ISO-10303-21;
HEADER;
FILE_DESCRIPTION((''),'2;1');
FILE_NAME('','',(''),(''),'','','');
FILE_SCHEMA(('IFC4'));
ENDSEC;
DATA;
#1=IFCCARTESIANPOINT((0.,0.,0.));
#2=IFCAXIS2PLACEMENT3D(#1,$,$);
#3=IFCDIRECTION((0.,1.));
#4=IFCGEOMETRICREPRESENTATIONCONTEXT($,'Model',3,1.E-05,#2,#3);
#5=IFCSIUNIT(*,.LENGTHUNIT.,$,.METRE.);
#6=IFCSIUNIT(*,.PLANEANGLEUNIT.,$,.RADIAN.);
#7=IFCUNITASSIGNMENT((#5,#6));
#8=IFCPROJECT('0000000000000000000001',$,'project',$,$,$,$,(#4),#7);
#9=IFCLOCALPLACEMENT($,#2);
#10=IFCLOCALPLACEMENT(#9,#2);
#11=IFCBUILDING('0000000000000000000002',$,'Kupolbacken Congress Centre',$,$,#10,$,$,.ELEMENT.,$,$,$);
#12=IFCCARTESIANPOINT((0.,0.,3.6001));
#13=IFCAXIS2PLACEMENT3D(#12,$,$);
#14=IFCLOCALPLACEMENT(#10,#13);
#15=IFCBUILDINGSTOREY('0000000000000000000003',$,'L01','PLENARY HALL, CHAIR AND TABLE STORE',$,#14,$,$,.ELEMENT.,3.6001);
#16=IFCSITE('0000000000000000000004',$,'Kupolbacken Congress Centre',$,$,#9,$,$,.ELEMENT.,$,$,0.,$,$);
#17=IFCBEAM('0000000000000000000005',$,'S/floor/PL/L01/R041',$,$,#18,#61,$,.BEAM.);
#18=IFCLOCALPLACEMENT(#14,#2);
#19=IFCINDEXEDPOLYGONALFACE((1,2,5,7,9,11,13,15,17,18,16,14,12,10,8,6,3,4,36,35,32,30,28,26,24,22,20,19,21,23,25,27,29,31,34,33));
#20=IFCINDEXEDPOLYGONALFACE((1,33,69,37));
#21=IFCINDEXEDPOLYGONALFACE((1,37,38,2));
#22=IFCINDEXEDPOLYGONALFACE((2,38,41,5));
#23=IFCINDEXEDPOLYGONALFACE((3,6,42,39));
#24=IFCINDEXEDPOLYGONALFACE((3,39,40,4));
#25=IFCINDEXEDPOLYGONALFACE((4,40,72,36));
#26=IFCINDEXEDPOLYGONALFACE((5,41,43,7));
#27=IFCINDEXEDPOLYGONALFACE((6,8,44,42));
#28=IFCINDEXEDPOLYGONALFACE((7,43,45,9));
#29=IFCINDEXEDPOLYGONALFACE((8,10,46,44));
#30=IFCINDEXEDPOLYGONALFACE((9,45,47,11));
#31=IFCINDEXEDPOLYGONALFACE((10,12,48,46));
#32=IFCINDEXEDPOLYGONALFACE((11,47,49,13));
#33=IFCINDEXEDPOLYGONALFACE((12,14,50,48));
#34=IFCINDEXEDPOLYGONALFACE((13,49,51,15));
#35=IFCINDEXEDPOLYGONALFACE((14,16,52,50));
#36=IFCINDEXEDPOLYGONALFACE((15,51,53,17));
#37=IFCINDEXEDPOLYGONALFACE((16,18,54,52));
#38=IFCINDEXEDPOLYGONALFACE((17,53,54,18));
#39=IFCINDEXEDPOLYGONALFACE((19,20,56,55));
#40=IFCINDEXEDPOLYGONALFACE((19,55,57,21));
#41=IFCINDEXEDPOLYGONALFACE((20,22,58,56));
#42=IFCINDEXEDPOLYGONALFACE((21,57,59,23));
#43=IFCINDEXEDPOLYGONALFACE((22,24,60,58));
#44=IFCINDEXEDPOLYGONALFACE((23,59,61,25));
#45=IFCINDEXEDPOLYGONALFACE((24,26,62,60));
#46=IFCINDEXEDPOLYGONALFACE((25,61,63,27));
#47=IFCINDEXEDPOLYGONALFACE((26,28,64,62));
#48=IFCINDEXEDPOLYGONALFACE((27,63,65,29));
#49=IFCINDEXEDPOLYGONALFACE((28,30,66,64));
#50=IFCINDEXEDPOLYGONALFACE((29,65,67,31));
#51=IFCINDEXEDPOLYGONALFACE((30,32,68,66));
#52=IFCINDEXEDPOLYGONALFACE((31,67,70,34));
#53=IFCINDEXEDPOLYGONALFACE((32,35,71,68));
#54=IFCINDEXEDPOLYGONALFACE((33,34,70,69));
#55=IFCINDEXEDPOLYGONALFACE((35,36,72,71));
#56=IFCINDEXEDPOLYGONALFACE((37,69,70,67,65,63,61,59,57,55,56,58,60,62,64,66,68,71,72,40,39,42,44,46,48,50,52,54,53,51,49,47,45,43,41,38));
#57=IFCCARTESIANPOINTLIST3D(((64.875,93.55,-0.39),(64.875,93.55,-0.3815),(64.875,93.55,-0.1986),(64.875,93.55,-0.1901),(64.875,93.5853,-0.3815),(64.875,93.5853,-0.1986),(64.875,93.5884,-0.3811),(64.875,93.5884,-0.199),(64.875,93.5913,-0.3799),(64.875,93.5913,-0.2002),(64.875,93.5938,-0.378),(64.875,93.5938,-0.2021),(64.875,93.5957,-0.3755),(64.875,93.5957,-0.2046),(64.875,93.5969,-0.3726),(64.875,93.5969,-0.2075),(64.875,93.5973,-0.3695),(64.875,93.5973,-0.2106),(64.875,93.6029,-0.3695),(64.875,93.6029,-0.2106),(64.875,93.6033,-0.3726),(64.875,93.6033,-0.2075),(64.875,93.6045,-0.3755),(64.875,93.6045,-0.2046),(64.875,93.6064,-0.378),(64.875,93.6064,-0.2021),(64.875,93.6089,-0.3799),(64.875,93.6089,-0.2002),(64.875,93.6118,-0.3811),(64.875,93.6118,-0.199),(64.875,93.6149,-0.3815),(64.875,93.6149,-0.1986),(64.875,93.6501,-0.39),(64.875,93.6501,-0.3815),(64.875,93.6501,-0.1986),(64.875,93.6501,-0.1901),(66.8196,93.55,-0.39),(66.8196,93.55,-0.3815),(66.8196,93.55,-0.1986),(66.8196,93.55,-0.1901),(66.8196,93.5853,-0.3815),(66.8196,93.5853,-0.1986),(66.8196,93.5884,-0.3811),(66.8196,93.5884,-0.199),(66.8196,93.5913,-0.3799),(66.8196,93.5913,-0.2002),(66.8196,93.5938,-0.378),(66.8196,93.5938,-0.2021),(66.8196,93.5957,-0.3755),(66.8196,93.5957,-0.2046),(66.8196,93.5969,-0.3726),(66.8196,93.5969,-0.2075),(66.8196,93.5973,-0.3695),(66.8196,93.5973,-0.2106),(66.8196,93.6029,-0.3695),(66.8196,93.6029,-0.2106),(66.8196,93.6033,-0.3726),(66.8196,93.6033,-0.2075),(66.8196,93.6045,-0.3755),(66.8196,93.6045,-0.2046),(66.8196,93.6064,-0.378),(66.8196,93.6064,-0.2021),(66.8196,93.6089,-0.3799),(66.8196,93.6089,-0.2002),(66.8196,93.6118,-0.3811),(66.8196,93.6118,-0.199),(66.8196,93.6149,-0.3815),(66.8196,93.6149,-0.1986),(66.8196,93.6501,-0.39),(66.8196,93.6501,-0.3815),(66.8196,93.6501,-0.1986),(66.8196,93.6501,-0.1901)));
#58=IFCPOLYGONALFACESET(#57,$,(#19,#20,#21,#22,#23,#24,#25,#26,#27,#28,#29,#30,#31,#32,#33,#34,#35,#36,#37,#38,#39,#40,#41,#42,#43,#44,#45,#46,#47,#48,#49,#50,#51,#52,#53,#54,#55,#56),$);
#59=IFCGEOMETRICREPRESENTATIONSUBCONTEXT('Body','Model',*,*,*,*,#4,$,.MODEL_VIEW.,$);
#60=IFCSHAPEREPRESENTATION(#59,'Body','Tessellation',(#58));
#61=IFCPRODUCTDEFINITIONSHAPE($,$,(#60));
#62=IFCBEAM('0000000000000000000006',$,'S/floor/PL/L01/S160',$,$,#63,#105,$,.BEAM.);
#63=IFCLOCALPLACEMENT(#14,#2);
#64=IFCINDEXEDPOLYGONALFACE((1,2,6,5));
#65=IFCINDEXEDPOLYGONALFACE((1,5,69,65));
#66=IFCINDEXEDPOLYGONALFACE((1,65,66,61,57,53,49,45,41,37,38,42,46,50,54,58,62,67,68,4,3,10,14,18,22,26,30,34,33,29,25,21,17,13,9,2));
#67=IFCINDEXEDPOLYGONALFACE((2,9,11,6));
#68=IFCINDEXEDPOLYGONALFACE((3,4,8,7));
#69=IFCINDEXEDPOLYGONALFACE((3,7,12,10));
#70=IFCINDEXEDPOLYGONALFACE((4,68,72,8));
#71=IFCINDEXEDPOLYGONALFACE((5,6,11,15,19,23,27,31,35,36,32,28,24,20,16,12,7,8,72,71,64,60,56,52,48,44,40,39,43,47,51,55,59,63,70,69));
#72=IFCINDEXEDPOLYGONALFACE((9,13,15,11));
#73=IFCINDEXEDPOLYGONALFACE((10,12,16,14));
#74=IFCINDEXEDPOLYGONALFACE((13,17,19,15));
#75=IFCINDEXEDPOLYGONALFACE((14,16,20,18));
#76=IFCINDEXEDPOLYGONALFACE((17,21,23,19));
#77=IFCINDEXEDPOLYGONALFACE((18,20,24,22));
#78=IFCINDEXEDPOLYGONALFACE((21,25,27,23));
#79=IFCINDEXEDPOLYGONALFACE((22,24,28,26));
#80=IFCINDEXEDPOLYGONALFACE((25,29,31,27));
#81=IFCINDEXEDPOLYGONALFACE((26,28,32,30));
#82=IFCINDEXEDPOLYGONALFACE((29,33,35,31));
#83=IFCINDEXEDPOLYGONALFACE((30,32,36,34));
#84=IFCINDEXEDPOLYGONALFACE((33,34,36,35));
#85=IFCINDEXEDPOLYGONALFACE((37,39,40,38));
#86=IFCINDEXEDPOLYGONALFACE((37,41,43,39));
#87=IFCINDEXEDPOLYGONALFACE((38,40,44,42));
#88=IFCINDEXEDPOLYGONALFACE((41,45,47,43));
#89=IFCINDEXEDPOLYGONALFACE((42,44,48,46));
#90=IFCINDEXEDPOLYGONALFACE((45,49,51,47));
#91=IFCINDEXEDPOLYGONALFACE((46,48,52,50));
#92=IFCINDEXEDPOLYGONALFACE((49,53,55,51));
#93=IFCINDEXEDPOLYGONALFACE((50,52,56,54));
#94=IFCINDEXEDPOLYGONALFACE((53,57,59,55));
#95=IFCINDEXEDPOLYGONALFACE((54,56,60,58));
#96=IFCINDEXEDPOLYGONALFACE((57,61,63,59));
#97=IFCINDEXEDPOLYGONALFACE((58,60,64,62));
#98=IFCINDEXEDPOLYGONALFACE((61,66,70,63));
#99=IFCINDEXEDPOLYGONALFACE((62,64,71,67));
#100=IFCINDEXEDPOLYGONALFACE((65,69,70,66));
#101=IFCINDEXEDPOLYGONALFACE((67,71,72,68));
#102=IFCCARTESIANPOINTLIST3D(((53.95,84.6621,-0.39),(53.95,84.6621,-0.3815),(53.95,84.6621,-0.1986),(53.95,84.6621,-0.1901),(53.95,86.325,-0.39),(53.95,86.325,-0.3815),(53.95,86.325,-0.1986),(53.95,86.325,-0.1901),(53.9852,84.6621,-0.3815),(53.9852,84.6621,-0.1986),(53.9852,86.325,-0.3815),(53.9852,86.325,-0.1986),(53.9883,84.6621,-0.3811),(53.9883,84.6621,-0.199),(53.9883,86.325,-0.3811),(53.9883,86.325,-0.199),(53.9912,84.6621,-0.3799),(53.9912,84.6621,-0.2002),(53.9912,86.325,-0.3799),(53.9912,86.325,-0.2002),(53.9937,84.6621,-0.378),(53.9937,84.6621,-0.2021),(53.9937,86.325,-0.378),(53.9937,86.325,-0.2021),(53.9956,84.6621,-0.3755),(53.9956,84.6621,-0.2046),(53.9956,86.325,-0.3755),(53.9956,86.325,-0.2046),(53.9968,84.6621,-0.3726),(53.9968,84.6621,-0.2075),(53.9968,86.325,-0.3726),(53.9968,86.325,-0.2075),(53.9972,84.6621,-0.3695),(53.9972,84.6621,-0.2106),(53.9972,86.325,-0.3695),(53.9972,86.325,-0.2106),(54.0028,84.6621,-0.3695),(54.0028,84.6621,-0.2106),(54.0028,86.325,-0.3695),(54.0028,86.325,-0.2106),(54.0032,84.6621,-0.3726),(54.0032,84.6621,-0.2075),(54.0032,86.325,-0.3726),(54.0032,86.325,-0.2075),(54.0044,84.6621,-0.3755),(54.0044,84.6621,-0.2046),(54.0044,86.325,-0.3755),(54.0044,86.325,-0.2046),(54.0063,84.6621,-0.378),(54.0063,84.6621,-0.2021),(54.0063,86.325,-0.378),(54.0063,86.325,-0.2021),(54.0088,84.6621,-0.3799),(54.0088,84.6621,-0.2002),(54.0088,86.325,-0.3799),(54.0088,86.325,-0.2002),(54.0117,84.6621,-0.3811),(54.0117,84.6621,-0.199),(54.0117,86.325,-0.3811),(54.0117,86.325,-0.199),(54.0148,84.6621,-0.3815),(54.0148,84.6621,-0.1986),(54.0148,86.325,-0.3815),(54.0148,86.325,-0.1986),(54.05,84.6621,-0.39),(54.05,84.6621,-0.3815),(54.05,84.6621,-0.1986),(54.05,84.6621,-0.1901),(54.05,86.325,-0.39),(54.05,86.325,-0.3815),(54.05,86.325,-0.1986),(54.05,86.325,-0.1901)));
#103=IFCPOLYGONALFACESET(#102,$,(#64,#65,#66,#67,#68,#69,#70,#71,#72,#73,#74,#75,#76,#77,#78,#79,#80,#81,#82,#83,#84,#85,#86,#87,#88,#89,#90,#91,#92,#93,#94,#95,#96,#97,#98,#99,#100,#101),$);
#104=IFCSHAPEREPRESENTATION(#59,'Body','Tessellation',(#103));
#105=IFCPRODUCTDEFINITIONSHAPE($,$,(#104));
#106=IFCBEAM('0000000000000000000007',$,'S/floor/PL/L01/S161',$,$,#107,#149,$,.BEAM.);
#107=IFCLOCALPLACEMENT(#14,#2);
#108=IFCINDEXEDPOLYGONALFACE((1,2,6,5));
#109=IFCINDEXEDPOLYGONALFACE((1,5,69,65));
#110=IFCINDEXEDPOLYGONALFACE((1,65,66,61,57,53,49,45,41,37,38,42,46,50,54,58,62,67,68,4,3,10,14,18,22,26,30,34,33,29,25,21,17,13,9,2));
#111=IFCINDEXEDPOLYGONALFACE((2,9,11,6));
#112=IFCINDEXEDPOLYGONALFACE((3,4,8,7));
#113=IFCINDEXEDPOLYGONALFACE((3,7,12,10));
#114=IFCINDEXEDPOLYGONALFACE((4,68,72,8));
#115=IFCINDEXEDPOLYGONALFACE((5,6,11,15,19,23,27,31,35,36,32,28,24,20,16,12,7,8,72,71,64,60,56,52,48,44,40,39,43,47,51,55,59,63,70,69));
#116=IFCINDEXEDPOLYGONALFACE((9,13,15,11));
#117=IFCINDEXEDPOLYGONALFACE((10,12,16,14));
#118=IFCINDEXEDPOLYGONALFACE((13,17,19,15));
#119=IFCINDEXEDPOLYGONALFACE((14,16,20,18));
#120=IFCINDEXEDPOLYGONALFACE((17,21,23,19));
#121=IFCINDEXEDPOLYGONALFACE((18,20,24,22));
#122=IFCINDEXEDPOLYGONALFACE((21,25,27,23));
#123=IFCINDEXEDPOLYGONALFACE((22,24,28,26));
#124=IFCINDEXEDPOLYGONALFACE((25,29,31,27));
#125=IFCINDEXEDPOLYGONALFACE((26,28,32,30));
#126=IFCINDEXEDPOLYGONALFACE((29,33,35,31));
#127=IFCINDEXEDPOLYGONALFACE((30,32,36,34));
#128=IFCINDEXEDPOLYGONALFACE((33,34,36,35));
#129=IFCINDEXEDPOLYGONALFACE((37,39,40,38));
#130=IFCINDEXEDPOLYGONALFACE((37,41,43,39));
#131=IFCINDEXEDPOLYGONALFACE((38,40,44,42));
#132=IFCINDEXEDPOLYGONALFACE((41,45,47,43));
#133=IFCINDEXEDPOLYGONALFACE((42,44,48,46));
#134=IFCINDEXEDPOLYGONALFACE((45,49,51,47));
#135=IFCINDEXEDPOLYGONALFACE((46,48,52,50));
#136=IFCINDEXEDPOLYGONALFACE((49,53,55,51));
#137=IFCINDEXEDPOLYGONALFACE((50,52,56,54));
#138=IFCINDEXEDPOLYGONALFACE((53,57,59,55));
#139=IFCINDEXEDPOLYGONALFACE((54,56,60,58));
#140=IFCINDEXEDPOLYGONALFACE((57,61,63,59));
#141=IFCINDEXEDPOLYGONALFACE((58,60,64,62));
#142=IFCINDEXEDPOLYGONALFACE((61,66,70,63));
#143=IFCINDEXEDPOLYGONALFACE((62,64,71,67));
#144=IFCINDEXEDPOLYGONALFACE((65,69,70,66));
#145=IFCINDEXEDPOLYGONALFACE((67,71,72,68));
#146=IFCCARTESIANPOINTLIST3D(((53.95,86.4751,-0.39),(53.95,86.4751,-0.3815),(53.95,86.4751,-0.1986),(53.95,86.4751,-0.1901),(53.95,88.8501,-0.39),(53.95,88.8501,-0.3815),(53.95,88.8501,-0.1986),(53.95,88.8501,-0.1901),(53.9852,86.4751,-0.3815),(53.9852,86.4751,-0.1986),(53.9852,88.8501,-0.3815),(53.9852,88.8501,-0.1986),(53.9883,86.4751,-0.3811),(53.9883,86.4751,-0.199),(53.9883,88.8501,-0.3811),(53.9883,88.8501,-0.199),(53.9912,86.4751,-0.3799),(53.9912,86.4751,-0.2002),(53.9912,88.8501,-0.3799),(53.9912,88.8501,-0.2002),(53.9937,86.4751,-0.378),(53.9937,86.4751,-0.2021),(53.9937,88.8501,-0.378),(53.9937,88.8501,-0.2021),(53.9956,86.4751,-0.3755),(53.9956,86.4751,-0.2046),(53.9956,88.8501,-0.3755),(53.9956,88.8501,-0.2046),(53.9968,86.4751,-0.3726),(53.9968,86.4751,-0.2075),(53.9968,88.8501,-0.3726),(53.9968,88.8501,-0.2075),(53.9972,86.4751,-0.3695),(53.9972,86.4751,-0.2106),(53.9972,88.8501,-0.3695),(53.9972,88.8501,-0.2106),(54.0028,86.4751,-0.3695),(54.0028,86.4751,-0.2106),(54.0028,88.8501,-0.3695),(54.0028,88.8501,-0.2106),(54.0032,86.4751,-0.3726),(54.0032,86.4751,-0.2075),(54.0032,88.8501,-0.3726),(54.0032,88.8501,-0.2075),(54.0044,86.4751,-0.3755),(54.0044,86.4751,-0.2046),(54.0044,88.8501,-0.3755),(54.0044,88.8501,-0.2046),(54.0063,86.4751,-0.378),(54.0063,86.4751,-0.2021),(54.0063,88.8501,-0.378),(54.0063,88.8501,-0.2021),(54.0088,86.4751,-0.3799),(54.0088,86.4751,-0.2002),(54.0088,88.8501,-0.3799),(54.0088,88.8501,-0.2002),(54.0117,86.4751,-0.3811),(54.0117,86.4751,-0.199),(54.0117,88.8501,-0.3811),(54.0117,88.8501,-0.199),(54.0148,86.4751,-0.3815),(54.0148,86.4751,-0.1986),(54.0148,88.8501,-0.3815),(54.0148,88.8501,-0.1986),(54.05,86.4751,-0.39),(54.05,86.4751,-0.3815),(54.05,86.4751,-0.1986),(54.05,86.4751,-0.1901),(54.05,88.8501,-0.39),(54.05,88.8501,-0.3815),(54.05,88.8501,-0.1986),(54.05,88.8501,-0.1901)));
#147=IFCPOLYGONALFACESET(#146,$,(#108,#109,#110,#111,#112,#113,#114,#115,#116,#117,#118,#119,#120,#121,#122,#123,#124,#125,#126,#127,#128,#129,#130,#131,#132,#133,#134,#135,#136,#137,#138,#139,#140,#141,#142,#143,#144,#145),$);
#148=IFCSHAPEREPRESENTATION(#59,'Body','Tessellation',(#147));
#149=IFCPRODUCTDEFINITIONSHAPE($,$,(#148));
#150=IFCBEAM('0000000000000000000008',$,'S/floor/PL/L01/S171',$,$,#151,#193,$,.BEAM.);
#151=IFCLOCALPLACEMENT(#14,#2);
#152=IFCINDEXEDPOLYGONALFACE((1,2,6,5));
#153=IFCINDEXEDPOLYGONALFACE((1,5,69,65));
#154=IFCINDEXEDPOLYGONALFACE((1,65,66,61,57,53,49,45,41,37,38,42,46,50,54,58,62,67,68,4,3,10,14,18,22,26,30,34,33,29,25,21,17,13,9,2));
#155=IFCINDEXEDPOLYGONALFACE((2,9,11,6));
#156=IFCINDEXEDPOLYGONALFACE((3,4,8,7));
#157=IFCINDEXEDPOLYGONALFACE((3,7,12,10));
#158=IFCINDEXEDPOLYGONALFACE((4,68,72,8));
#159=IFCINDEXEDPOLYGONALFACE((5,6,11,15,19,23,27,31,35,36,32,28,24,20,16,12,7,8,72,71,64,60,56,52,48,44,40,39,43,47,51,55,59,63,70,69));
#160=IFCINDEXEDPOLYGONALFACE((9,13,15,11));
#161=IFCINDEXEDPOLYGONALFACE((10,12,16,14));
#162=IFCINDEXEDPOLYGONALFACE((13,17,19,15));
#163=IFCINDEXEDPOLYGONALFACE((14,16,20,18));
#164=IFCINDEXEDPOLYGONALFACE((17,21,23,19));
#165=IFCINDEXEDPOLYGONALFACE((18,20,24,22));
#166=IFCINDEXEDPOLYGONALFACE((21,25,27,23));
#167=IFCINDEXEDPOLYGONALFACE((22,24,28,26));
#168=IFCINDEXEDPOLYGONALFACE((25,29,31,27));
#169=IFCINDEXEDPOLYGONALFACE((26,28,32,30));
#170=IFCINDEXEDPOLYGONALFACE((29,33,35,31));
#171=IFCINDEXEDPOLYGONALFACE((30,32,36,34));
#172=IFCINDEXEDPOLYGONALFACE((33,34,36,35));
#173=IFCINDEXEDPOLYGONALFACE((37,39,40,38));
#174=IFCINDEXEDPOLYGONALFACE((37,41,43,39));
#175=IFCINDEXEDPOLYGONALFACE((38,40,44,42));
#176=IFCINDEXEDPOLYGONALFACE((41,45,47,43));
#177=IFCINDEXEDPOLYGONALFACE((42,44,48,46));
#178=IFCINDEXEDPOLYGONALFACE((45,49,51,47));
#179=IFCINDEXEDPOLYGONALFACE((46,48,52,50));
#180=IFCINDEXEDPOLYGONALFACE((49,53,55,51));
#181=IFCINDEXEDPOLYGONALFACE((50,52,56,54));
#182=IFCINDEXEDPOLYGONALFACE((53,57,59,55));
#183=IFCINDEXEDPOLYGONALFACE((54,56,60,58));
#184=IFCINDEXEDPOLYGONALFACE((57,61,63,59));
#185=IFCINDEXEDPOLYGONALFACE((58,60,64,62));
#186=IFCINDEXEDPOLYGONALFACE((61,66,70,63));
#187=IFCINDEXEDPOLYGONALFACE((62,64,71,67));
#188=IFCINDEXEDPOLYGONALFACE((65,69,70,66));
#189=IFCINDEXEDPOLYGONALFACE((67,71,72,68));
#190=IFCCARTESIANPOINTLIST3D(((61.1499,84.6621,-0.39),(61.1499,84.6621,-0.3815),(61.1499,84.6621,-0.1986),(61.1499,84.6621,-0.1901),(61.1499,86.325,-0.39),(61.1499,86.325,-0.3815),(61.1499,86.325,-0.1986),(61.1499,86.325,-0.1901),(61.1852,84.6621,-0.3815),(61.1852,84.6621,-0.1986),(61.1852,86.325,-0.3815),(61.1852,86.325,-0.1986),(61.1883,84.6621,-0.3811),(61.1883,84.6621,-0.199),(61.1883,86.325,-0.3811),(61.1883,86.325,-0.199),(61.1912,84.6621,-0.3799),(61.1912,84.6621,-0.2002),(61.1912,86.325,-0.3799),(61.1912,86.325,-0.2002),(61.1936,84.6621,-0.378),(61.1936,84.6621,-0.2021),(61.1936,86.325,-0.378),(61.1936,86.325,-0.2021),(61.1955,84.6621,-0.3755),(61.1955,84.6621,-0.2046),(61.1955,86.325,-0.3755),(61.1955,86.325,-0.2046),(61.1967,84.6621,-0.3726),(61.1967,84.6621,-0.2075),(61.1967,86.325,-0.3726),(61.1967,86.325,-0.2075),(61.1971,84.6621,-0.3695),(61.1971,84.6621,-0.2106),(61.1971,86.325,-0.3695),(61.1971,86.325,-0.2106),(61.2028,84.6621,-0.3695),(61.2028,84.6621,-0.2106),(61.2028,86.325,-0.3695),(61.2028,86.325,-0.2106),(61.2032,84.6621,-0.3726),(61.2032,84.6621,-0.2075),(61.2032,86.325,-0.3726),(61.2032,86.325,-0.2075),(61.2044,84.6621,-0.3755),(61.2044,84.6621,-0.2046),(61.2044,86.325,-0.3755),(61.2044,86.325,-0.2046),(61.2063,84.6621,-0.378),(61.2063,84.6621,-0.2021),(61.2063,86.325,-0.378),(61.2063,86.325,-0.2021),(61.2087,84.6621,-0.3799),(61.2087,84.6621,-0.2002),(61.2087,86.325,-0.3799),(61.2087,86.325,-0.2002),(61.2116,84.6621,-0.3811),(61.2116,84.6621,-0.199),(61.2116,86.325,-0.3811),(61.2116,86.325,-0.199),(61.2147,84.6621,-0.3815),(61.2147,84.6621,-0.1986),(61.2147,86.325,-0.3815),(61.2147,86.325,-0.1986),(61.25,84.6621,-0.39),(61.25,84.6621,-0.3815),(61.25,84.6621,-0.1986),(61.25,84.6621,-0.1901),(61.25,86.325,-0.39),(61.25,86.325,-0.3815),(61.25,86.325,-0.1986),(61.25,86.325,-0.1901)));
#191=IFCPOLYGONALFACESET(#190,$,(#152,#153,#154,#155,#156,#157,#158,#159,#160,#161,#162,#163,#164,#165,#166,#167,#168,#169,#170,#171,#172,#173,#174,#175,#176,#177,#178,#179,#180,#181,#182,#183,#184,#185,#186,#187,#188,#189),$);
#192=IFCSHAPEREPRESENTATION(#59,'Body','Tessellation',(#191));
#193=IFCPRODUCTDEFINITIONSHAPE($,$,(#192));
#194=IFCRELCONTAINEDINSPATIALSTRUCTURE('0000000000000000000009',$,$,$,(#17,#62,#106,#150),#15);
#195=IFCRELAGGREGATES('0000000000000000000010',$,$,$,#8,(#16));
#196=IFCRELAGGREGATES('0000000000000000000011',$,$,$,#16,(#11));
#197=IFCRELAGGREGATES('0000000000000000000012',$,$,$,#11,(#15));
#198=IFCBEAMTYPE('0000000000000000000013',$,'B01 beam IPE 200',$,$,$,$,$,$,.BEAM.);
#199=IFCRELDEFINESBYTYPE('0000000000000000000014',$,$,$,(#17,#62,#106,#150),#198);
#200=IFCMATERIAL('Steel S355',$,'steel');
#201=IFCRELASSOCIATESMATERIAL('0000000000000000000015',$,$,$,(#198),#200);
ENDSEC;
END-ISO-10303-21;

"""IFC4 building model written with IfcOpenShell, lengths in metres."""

from ifc_helpers import new_model, si_unit, direction, frame, origin, origin_2d, place, context, subcontext, project, spatial, i_section, extrude, material, material_profile, profile_set, type_object, element, save


model = new_model("IFC4")

# Units and contexts
model_context = context("Model", 3, precision=1e-05, world=origin(), true_north=direction((0.0, 1.0)))
body_context = subcontext(model_context, "Body", "Model", "MODEL_VIEW")
ifc_project = project(units=[si_unit("LENGTHUNIT", "METRE"), si_unit("PLANEANGLEUNIT", "RADIAN")], contexts=[model_context])

# Site, building, storey
site_placement = place(None, origin())
site = spatial("IfcSite", under=ifc_project, at=site_placement, Name="Kupolbacken Congress Centre", CompositionType="ELEMENT", RefElevation=0.0)
building_placement = place(site_placement, origin())
building = spatial("IfcBuilding", under=site, at=building_placement, Name="Kupolbacken Congress Centre", CompositionType="ELEMENT")
storey_placement = place(building_placement, frame((0.0, 0.0, 3.6001)))
storey = spatial("IfcBuildingStorey", under=building, at=storey_placement, Name="L01", Description="PLENARY HALL, CHAIR AND TABLE STORE", CompositionType="ELEMENT", Elevation=3.6001)

# Beams
ifc_material_1 = material(Name="Steel S355", Category="steel")
ifc_material_profile_1 = material_profile(ifc_material_1, i_section(OverallWidth=0.1001, OverallDepth=0.2, WebThickness=0.0056, FlangeThickness=0.0085, FilletRadius=0.012, at=origin_2d()), Name="IPE 200")
ifc_profile_set_1 = profile_set([ifc_material_profile_1], Name="Steel S355")
beam_type_1 = type_object("IfcBeamType", Name="B01 beam IPE 200", PredefinedType="BEAM", material=ifc_profile_set_1)
beam_1_placement = place(storey_placement, frame((64.875, 93.6001, -0.29), z_axis=(1.0, 0.0, 0.0), x_axis=(0.0, 1.0, 0.0)))
element("IfcBeam", 1, at=beam_1_placement, inside=storey, type_object=beam_type_1, Name="S/floor/PL/L01/R041", PredefinedType="BEAM", context=body_context, shape_type="SweptSolid", body=[
    extrude(i_section(OverallWidth=0.1001, OverallDepth=0.2, WebThickness=0.0056, FlangeThickness=0.0085, FilletRadius=0.012, at=origin_2d()), origin(), (0.0, 0.0, 1.0), 1.9446),
])
beam_2_placement = place(storey_placement, frame((54.0, 84.6621, -0.29), z_axis=(0.0, 1.0, 0.0), x_axis=(-1.0, 0.0, 0.0)))
element("IfcBeam", 2, at=beam_2_placement, inside=storey, type_object=beam_type_1, Name="S/floor/PL/L01/S160", PredefinedType="BEAM", context=body_context, shape_type="SweptSolid", body=[
    extrude(i_section(OverallWidth=0.1001, OverallDepth=0.2, WebThickness=0.0056, FlangeThickness=0.0085, FilletRadius=0.012, at=origin_2d()), origin(), (0.0, 0.0, 1.0), 1.6628),
])
beam_3_placement = place(storey_placement, frame((54.0, 86.4751, -0.29), z_axis=(0.0, 1.0, 0.0), x_axis=(-1.0, 0.0, 0.0)))
element("IfcBeam", 3, at=beam_3_placement, inside=storey, type_object=beam_type_1, Name="S/floor/PL/L01/S161", PredefinedType="BEAM", context=body_context, shape_type="SweptSolid", body=[
    extrude(i_section(OverallWidth=0.1001, OverallDepth=0.2, WebThickness=0.0056, FlangeThickness=0.0085, FilletRadius=0.012, at=origin_2d()), origin(), (0.0, 0.0, 1.0), 2.375),
])
beam_4_placement = place(storey_placement, frame((61.2, 84.6621, -0.29), z_axis=(0.0, 1.0, 0.0), x_axis=(-1.0, 0.0, 0.0)))
element("IfcBeam", 4, at=beam_4_placement, inside=storey, type_object=beam_type_1, Name="S/floor/PL/L01/S171", PredefinedType="BEAM", context=body_context, shape_type="SweptSolid", body=[
    extrude(i_section(OverallWidth=0.1001, OverallDepth=0.2, WebThickness=0.0056, FlangeThickness=0.0085, FilletRadius=0.012, at=origin_2d()), origin(), (0.0, 0.0, 1.0), 1.6628),
])

save(model, "model.ifc")
